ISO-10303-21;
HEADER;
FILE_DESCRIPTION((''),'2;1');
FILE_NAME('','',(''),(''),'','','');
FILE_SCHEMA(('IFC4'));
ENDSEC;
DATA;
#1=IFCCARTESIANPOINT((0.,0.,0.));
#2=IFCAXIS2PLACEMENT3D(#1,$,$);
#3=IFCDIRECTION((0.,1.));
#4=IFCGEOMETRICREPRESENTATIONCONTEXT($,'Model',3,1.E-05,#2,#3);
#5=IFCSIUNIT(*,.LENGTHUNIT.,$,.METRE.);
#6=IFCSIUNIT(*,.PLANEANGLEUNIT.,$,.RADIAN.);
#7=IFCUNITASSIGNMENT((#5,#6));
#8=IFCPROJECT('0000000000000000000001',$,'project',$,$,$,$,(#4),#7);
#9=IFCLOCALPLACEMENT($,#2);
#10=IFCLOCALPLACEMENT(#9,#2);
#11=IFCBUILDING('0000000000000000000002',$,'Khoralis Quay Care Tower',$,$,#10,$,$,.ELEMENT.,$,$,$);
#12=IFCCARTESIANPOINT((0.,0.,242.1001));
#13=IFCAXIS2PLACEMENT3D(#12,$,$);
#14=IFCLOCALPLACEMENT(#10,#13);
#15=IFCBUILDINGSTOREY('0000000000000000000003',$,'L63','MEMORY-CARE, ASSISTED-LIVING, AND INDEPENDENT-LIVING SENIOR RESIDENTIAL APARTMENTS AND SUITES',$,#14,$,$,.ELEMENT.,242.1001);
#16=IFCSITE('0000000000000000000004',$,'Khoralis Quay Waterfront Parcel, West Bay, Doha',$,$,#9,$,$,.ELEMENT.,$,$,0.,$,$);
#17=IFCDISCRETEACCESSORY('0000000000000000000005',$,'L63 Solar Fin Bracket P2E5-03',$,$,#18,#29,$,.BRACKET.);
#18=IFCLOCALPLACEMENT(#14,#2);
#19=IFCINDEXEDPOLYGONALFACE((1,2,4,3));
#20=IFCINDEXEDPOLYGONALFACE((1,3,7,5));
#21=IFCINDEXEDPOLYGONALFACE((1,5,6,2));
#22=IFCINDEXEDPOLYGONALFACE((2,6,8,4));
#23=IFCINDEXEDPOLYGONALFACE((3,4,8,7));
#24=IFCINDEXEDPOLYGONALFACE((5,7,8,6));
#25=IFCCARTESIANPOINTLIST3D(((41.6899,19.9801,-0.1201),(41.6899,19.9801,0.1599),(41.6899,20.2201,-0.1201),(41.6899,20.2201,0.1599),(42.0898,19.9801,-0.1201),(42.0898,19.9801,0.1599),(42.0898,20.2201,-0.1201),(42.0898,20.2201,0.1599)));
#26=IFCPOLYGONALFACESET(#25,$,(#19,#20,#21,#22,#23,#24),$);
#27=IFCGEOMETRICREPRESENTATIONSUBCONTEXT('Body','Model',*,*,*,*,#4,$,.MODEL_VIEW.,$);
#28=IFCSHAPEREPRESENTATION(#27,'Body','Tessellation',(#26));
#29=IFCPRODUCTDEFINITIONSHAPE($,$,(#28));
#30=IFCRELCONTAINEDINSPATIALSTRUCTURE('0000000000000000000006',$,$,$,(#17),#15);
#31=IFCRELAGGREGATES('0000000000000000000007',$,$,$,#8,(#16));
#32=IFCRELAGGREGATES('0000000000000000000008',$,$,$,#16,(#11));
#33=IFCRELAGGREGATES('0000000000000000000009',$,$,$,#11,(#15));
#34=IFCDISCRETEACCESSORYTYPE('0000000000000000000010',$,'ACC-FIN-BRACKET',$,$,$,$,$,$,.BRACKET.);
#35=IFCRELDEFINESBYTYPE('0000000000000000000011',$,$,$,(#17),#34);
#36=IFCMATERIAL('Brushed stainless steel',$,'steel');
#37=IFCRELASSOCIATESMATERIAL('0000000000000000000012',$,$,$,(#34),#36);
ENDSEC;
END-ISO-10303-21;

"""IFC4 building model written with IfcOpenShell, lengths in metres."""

from ifc_helpers import new_model, si_unit, direction, frame, origin, origin_2d, place, context, subcontext, project, spatial, rectangle, extrude, source, transform, mapped, material, type_object, element, save


model = new_model("IFC4")

# Units and contexts
model_context = context("Model", 3, precision=1e-05, world=origin(), true_north=direction((0.0, 1.0)))
body_context = subcontext(model_context, "Body", "Model", "MODEL_VIEW")
ifc_project = project(units=[si_unit("LENGTHUNIT", "METRE"), si_unit("PLANEANGLEUNIT", "RADIAN")], contexts=[model_context])

# Site, building, storey
site_placement = place(None, origin())
site = spatial("IfcSite", under=ifc_project, at=site_placement, Name="Khoralis Quay Waterfront Parcel, West Bay, Doha", CompositionType="ELEMENT", RefElevation=0.0)
building_placement = place(site_placement, origin())
building = spatial("IfcBuilding", under=site, at=building_placement, Name="Khoralis Quay Care Tower", CompositionType="ELEMENT")
storey_placement = place(building_placement, frame((0.0, 0.0, 242.1001)))
storey = spatial("IfcBuildingStorey", under=building, at=storey_placement, Name="L63", Description="MEMORY-CARE, ASSISTED-LIVING, AND INDEPENDENT-LIVING SENIOR RESIDENTIAL APARTMENTS AND SUITES", CompositionType="ELEMENT", Elevation=242.1001)

# Shared definitions
ifc_material_1 = material(Name="Brushed stainless steel", Category="steel")

# Discrete accessory
discrete_accessory_type = type_object("IfcDiscreteAccessoryType", Name="ACC-FIN-BRACKET", PredefinedType="BRACKET", material=ifc_material_1)
shared_shape_1 = source(origin(), body_context, "Body", "SweptSolid", [
    extrude(rectangle(XDim=0.3999, YDim=0.24, at=origin_2d()), origin(), (0.0, 0.0, 1.0), 0.28),
])
for number, where, z_axis, x_axis, name in (
    (1, (41.8899, 20.1001, -0.1201), (0.0, 0.0, 1.0), (1.0, 0.0, 0.0), "L63 Solar Fin Bracket P2E5-03"),
):
    element("IfcDiscreteAccessory", number, at=place(storey_placement, frame(where, z_axis=z_axis, x_axis=x_axis)), inside=storey, type_object=discrete_accessory_type, Name=name, PredefinedType="BRACKET", context=body_context, shape_type="MappedRepresentation", body=[
        mapped(shared_shape_1, transform((0.0, 0.0, 0.0), scale=1.0)),
    ])

save(model, "model.ifc")
